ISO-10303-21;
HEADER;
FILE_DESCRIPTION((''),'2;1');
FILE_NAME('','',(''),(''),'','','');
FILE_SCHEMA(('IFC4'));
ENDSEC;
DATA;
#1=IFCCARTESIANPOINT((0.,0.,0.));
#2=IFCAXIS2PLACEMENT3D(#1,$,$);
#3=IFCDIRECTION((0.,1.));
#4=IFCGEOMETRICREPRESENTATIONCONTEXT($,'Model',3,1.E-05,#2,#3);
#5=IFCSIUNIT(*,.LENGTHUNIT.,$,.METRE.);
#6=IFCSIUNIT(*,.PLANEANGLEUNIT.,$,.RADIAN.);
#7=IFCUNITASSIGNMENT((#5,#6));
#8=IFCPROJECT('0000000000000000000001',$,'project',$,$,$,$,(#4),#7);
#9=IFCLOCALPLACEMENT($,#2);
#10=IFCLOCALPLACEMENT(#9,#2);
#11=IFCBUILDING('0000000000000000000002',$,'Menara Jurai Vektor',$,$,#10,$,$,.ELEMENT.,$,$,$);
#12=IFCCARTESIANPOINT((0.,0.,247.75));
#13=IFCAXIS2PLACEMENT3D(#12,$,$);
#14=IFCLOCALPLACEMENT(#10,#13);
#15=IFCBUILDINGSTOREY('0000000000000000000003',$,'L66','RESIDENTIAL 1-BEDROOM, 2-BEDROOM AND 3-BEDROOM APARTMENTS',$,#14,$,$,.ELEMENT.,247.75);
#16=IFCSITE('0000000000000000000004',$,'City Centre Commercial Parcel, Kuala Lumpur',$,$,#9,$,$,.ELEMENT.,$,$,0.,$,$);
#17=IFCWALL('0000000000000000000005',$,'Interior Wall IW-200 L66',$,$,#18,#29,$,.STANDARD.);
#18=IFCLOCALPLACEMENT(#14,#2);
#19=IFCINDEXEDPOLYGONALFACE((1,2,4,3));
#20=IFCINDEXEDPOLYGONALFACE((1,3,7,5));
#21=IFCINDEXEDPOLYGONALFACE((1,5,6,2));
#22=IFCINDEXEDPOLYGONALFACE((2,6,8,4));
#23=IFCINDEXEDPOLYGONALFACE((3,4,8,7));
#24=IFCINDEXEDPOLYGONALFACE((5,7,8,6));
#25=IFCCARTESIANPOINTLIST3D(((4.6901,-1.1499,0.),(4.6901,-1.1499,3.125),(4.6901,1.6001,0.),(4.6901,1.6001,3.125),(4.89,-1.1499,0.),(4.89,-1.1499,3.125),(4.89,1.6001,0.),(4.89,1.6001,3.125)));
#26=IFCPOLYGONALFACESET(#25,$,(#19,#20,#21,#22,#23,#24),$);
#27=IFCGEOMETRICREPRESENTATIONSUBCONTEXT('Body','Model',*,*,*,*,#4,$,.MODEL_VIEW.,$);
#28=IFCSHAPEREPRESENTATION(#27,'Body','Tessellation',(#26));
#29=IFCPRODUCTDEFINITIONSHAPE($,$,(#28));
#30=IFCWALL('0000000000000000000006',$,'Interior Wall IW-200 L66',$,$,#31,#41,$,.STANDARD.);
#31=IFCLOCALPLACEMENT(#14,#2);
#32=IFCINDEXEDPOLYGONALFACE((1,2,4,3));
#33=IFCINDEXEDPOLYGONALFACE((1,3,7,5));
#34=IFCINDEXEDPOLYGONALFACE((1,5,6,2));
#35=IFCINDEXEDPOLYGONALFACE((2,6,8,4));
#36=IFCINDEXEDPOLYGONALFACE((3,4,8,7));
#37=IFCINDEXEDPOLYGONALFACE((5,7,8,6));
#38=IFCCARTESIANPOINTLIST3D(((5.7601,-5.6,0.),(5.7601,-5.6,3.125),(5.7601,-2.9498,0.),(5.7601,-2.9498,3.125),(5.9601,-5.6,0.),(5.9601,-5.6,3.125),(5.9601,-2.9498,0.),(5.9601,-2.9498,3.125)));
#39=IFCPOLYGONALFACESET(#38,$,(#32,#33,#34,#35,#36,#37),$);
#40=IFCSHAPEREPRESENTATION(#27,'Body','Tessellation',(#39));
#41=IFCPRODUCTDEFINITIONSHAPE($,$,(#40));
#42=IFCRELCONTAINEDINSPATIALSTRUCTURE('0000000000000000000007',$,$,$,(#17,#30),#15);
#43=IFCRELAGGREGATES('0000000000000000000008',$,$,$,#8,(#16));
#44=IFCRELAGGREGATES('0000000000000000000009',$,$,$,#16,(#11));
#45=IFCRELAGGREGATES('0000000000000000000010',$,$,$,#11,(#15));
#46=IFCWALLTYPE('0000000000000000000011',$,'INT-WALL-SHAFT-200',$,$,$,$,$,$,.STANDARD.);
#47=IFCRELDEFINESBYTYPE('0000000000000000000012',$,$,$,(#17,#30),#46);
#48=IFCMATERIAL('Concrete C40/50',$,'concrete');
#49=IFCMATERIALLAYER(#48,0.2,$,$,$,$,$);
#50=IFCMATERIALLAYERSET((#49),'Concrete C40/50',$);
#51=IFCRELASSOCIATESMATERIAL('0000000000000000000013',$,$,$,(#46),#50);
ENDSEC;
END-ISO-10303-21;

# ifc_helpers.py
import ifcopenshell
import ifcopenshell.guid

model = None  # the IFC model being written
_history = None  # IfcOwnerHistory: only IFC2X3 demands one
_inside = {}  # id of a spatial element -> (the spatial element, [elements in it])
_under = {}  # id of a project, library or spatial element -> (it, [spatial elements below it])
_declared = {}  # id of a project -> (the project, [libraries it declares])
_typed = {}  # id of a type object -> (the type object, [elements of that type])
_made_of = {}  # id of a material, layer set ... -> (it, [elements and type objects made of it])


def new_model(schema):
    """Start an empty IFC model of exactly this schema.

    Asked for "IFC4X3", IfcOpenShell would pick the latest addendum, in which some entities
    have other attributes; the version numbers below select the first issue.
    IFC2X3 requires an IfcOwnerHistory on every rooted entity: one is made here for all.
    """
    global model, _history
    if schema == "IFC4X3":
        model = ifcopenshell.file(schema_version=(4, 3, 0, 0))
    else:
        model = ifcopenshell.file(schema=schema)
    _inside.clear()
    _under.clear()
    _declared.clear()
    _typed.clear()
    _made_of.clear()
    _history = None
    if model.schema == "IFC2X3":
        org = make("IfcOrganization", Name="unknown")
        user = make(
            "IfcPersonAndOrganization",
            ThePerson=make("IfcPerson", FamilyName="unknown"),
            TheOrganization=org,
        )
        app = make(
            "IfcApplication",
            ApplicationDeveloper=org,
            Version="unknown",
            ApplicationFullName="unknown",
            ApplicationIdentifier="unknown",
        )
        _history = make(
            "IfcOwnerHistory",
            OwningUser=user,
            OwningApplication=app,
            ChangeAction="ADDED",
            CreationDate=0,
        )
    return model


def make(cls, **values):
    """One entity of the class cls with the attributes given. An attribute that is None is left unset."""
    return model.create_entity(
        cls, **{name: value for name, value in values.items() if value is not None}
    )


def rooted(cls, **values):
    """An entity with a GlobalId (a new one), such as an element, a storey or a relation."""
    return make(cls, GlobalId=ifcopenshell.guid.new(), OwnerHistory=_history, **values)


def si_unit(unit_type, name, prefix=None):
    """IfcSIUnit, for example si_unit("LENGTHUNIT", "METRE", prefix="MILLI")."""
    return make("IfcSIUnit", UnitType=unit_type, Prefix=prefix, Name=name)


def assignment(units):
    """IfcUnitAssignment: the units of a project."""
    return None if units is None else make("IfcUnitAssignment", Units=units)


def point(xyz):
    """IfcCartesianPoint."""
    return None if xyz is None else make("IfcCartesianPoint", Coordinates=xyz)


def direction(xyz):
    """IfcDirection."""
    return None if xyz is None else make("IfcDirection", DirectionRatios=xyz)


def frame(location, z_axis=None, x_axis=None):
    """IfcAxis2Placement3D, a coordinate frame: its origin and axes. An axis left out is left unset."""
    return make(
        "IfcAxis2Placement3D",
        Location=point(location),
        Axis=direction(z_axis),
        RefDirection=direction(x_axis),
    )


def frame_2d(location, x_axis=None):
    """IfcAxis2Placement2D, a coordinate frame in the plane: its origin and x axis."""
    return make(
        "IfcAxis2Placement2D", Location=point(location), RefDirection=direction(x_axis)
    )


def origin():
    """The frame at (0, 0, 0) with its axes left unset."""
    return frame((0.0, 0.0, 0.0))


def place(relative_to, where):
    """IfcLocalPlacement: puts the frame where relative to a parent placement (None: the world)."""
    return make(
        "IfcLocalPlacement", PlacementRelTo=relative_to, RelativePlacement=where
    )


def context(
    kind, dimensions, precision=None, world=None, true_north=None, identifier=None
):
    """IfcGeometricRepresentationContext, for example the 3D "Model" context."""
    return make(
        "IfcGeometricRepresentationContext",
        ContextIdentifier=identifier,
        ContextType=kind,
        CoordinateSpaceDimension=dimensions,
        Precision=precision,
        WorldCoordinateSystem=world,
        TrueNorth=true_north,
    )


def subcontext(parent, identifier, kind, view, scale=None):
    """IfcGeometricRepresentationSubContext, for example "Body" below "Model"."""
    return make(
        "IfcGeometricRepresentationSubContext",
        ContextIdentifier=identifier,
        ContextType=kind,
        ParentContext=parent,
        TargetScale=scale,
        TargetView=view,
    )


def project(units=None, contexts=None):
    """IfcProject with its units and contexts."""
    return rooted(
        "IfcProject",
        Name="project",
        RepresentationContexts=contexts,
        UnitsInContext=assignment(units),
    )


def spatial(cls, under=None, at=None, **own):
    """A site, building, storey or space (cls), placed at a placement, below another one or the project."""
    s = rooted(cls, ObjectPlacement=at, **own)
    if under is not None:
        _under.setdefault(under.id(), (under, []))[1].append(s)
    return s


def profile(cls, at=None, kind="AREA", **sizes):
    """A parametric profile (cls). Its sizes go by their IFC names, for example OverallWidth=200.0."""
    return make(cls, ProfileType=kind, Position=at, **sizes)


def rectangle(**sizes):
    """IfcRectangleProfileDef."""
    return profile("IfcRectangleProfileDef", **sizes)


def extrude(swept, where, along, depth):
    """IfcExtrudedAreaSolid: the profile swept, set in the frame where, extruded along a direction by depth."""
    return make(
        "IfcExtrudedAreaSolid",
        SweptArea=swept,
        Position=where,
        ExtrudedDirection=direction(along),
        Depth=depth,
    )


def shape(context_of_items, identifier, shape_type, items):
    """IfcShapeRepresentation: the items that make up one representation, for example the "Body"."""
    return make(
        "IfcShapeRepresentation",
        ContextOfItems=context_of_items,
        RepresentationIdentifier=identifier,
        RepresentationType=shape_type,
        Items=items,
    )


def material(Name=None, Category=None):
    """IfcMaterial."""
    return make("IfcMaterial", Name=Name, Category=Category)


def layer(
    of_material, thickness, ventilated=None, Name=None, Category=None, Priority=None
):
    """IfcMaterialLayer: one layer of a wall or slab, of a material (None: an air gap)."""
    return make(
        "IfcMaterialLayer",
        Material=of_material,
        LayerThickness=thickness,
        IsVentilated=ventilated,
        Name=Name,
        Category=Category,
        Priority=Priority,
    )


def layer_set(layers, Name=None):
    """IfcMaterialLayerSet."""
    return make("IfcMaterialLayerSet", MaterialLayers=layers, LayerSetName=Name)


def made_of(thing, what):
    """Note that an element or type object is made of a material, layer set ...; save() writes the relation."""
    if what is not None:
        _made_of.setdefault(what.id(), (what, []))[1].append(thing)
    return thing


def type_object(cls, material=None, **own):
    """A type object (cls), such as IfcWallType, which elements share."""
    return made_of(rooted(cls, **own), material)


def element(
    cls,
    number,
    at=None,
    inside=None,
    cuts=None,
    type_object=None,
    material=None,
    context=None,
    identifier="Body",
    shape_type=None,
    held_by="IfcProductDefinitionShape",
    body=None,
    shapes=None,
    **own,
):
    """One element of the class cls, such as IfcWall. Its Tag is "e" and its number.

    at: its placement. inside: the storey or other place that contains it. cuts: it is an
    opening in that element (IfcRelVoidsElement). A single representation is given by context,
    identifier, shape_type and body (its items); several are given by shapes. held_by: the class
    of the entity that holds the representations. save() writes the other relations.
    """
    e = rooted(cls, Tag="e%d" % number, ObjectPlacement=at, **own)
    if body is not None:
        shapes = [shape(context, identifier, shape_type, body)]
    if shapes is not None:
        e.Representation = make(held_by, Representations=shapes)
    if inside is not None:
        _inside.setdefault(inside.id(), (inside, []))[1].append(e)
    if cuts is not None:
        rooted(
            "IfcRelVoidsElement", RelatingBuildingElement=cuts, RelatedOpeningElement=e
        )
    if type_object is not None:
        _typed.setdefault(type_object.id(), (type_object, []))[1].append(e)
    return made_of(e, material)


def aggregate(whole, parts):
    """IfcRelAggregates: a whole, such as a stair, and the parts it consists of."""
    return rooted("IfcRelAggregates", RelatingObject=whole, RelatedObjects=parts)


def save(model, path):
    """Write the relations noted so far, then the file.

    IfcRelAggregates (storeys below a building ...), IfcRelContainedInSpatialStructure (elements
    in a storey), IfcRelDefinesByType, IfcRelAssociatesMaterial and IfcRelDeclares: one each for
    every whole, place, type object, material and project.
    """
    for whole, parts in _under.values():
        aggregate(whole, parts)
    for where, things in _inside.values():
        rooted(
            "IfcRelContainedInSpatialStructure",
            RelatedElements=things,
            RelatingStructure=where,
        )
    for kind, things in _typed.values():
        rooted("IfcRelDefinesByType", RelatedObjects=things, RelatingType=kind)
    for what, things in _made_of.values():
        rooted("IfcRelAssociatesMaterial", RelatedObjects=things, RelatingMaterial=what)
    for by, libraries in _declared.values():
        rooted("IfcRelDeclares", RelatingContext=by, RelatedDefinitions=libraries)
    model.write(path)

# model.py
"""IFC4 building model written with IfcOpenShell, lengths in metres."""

from ifc_helpers import new_model, si_unit, direction, frame, frame_2d, origin, place, context, subcontext, project, spatial, rectangle, extrude, material, layer, layer_set, type_object, element, save


model = new_model("IFC4")

# Units and contexts
model_context = context("Model", 3, precision=1e-05, world=origin(), true_north=direction((0.0, 1.0)))
body_context = subcontext(model_context, "Body", "Model", "MODEL_VIEW")
ifc_project = project(units=[si_unit("LENGTHUNIT", "METRE"), si_unit("PLANEANGLEUNIT", "RADIAN")], contexts=[model_context])

# Site, building, storey
site_placement = place(None, origin())
site = spatial("IfcSite", under=ifc_project, at=site_placement, Name="City Centre Commercial Parcel, Kuala Lumpur", CompositionType="ELEMENT", RefElevation=0.0)
building_placement = place(site_placement, origin())
building = spatial("IfcBuilding", under=site, at=building_placement, Name="Menara Jurai Vektor", CompositionType="ELEMENT")
storey_placement = place(building_placement, frame((0.0, 0.0, 247.75)))
storey = spatial("IfcBuildingStorey", under=building, at=storey_placement, Name="L66", Description="RESIDENTIAL 1-BEDROOM, 2-BEDROOM AND 3-BEDROOM APARTMENTS", CompositionType="ELEMENT", Elevation=247.75)

# Shared definitions
ifc_material_1 = material(Name="Concrete C40/50", Category="concrete")

# Shared definitions
ifc_layer_1 = layer(ifc_material_1, 0.2)
ifc_layer_set_1 = layer_set([ifc_layer_1], Name="Concrete C40/50")
wall_type_1 = type_object("IfcWallType", Name="INT-WALL-SHAFT-200", PredefinedType="STANDARD", material=ifc_layer_set_1)

# Wall
wall_1_placement = place(storey_placement, frame((4.79, -1.1499, 0.0), z_axis=(0.0, 0.0, 1.0), x_axis=(0.0, 1.0, 0.0)))
element("IfcWall", 1, at=wall_1_placement, inside=storey, type_object=wall_type_1, Name="Interior Wall IW-200 L66", PredefinedType="STANDARD", context=body_context, shape_type="SweptSolid", body=[
    extrude(rectangle(XDim=2.75, YDim=0.2, at=frame_2d((1.375, 0.0))), origin(), (0.0, 0.0, 1.0), 3.125),
])

# Wall
wall_2_placement = place(storey_placement, frame((5.8601, -5.6001, 0.0), z_axis=(0.0, 0.0, 1.0), x_axis=(0.0, 1.0, 0.0)))
element("IfcWall", 2, at=wall_2_placement, inside=storey, type_object=wall_type_1, Name="Interior Wall IW-200 L66", PredefinedType="STANDARD", context=body_context, shape_type="SweptSolid", body=[
    extrude(rectangle(XDim=2.6501, YDim=0.2, at=frame_2d((1.3252, 0.0))), origin(), (0.0, 0.0, 1.0), 3.125),
])

save(model, "model.ifc")
